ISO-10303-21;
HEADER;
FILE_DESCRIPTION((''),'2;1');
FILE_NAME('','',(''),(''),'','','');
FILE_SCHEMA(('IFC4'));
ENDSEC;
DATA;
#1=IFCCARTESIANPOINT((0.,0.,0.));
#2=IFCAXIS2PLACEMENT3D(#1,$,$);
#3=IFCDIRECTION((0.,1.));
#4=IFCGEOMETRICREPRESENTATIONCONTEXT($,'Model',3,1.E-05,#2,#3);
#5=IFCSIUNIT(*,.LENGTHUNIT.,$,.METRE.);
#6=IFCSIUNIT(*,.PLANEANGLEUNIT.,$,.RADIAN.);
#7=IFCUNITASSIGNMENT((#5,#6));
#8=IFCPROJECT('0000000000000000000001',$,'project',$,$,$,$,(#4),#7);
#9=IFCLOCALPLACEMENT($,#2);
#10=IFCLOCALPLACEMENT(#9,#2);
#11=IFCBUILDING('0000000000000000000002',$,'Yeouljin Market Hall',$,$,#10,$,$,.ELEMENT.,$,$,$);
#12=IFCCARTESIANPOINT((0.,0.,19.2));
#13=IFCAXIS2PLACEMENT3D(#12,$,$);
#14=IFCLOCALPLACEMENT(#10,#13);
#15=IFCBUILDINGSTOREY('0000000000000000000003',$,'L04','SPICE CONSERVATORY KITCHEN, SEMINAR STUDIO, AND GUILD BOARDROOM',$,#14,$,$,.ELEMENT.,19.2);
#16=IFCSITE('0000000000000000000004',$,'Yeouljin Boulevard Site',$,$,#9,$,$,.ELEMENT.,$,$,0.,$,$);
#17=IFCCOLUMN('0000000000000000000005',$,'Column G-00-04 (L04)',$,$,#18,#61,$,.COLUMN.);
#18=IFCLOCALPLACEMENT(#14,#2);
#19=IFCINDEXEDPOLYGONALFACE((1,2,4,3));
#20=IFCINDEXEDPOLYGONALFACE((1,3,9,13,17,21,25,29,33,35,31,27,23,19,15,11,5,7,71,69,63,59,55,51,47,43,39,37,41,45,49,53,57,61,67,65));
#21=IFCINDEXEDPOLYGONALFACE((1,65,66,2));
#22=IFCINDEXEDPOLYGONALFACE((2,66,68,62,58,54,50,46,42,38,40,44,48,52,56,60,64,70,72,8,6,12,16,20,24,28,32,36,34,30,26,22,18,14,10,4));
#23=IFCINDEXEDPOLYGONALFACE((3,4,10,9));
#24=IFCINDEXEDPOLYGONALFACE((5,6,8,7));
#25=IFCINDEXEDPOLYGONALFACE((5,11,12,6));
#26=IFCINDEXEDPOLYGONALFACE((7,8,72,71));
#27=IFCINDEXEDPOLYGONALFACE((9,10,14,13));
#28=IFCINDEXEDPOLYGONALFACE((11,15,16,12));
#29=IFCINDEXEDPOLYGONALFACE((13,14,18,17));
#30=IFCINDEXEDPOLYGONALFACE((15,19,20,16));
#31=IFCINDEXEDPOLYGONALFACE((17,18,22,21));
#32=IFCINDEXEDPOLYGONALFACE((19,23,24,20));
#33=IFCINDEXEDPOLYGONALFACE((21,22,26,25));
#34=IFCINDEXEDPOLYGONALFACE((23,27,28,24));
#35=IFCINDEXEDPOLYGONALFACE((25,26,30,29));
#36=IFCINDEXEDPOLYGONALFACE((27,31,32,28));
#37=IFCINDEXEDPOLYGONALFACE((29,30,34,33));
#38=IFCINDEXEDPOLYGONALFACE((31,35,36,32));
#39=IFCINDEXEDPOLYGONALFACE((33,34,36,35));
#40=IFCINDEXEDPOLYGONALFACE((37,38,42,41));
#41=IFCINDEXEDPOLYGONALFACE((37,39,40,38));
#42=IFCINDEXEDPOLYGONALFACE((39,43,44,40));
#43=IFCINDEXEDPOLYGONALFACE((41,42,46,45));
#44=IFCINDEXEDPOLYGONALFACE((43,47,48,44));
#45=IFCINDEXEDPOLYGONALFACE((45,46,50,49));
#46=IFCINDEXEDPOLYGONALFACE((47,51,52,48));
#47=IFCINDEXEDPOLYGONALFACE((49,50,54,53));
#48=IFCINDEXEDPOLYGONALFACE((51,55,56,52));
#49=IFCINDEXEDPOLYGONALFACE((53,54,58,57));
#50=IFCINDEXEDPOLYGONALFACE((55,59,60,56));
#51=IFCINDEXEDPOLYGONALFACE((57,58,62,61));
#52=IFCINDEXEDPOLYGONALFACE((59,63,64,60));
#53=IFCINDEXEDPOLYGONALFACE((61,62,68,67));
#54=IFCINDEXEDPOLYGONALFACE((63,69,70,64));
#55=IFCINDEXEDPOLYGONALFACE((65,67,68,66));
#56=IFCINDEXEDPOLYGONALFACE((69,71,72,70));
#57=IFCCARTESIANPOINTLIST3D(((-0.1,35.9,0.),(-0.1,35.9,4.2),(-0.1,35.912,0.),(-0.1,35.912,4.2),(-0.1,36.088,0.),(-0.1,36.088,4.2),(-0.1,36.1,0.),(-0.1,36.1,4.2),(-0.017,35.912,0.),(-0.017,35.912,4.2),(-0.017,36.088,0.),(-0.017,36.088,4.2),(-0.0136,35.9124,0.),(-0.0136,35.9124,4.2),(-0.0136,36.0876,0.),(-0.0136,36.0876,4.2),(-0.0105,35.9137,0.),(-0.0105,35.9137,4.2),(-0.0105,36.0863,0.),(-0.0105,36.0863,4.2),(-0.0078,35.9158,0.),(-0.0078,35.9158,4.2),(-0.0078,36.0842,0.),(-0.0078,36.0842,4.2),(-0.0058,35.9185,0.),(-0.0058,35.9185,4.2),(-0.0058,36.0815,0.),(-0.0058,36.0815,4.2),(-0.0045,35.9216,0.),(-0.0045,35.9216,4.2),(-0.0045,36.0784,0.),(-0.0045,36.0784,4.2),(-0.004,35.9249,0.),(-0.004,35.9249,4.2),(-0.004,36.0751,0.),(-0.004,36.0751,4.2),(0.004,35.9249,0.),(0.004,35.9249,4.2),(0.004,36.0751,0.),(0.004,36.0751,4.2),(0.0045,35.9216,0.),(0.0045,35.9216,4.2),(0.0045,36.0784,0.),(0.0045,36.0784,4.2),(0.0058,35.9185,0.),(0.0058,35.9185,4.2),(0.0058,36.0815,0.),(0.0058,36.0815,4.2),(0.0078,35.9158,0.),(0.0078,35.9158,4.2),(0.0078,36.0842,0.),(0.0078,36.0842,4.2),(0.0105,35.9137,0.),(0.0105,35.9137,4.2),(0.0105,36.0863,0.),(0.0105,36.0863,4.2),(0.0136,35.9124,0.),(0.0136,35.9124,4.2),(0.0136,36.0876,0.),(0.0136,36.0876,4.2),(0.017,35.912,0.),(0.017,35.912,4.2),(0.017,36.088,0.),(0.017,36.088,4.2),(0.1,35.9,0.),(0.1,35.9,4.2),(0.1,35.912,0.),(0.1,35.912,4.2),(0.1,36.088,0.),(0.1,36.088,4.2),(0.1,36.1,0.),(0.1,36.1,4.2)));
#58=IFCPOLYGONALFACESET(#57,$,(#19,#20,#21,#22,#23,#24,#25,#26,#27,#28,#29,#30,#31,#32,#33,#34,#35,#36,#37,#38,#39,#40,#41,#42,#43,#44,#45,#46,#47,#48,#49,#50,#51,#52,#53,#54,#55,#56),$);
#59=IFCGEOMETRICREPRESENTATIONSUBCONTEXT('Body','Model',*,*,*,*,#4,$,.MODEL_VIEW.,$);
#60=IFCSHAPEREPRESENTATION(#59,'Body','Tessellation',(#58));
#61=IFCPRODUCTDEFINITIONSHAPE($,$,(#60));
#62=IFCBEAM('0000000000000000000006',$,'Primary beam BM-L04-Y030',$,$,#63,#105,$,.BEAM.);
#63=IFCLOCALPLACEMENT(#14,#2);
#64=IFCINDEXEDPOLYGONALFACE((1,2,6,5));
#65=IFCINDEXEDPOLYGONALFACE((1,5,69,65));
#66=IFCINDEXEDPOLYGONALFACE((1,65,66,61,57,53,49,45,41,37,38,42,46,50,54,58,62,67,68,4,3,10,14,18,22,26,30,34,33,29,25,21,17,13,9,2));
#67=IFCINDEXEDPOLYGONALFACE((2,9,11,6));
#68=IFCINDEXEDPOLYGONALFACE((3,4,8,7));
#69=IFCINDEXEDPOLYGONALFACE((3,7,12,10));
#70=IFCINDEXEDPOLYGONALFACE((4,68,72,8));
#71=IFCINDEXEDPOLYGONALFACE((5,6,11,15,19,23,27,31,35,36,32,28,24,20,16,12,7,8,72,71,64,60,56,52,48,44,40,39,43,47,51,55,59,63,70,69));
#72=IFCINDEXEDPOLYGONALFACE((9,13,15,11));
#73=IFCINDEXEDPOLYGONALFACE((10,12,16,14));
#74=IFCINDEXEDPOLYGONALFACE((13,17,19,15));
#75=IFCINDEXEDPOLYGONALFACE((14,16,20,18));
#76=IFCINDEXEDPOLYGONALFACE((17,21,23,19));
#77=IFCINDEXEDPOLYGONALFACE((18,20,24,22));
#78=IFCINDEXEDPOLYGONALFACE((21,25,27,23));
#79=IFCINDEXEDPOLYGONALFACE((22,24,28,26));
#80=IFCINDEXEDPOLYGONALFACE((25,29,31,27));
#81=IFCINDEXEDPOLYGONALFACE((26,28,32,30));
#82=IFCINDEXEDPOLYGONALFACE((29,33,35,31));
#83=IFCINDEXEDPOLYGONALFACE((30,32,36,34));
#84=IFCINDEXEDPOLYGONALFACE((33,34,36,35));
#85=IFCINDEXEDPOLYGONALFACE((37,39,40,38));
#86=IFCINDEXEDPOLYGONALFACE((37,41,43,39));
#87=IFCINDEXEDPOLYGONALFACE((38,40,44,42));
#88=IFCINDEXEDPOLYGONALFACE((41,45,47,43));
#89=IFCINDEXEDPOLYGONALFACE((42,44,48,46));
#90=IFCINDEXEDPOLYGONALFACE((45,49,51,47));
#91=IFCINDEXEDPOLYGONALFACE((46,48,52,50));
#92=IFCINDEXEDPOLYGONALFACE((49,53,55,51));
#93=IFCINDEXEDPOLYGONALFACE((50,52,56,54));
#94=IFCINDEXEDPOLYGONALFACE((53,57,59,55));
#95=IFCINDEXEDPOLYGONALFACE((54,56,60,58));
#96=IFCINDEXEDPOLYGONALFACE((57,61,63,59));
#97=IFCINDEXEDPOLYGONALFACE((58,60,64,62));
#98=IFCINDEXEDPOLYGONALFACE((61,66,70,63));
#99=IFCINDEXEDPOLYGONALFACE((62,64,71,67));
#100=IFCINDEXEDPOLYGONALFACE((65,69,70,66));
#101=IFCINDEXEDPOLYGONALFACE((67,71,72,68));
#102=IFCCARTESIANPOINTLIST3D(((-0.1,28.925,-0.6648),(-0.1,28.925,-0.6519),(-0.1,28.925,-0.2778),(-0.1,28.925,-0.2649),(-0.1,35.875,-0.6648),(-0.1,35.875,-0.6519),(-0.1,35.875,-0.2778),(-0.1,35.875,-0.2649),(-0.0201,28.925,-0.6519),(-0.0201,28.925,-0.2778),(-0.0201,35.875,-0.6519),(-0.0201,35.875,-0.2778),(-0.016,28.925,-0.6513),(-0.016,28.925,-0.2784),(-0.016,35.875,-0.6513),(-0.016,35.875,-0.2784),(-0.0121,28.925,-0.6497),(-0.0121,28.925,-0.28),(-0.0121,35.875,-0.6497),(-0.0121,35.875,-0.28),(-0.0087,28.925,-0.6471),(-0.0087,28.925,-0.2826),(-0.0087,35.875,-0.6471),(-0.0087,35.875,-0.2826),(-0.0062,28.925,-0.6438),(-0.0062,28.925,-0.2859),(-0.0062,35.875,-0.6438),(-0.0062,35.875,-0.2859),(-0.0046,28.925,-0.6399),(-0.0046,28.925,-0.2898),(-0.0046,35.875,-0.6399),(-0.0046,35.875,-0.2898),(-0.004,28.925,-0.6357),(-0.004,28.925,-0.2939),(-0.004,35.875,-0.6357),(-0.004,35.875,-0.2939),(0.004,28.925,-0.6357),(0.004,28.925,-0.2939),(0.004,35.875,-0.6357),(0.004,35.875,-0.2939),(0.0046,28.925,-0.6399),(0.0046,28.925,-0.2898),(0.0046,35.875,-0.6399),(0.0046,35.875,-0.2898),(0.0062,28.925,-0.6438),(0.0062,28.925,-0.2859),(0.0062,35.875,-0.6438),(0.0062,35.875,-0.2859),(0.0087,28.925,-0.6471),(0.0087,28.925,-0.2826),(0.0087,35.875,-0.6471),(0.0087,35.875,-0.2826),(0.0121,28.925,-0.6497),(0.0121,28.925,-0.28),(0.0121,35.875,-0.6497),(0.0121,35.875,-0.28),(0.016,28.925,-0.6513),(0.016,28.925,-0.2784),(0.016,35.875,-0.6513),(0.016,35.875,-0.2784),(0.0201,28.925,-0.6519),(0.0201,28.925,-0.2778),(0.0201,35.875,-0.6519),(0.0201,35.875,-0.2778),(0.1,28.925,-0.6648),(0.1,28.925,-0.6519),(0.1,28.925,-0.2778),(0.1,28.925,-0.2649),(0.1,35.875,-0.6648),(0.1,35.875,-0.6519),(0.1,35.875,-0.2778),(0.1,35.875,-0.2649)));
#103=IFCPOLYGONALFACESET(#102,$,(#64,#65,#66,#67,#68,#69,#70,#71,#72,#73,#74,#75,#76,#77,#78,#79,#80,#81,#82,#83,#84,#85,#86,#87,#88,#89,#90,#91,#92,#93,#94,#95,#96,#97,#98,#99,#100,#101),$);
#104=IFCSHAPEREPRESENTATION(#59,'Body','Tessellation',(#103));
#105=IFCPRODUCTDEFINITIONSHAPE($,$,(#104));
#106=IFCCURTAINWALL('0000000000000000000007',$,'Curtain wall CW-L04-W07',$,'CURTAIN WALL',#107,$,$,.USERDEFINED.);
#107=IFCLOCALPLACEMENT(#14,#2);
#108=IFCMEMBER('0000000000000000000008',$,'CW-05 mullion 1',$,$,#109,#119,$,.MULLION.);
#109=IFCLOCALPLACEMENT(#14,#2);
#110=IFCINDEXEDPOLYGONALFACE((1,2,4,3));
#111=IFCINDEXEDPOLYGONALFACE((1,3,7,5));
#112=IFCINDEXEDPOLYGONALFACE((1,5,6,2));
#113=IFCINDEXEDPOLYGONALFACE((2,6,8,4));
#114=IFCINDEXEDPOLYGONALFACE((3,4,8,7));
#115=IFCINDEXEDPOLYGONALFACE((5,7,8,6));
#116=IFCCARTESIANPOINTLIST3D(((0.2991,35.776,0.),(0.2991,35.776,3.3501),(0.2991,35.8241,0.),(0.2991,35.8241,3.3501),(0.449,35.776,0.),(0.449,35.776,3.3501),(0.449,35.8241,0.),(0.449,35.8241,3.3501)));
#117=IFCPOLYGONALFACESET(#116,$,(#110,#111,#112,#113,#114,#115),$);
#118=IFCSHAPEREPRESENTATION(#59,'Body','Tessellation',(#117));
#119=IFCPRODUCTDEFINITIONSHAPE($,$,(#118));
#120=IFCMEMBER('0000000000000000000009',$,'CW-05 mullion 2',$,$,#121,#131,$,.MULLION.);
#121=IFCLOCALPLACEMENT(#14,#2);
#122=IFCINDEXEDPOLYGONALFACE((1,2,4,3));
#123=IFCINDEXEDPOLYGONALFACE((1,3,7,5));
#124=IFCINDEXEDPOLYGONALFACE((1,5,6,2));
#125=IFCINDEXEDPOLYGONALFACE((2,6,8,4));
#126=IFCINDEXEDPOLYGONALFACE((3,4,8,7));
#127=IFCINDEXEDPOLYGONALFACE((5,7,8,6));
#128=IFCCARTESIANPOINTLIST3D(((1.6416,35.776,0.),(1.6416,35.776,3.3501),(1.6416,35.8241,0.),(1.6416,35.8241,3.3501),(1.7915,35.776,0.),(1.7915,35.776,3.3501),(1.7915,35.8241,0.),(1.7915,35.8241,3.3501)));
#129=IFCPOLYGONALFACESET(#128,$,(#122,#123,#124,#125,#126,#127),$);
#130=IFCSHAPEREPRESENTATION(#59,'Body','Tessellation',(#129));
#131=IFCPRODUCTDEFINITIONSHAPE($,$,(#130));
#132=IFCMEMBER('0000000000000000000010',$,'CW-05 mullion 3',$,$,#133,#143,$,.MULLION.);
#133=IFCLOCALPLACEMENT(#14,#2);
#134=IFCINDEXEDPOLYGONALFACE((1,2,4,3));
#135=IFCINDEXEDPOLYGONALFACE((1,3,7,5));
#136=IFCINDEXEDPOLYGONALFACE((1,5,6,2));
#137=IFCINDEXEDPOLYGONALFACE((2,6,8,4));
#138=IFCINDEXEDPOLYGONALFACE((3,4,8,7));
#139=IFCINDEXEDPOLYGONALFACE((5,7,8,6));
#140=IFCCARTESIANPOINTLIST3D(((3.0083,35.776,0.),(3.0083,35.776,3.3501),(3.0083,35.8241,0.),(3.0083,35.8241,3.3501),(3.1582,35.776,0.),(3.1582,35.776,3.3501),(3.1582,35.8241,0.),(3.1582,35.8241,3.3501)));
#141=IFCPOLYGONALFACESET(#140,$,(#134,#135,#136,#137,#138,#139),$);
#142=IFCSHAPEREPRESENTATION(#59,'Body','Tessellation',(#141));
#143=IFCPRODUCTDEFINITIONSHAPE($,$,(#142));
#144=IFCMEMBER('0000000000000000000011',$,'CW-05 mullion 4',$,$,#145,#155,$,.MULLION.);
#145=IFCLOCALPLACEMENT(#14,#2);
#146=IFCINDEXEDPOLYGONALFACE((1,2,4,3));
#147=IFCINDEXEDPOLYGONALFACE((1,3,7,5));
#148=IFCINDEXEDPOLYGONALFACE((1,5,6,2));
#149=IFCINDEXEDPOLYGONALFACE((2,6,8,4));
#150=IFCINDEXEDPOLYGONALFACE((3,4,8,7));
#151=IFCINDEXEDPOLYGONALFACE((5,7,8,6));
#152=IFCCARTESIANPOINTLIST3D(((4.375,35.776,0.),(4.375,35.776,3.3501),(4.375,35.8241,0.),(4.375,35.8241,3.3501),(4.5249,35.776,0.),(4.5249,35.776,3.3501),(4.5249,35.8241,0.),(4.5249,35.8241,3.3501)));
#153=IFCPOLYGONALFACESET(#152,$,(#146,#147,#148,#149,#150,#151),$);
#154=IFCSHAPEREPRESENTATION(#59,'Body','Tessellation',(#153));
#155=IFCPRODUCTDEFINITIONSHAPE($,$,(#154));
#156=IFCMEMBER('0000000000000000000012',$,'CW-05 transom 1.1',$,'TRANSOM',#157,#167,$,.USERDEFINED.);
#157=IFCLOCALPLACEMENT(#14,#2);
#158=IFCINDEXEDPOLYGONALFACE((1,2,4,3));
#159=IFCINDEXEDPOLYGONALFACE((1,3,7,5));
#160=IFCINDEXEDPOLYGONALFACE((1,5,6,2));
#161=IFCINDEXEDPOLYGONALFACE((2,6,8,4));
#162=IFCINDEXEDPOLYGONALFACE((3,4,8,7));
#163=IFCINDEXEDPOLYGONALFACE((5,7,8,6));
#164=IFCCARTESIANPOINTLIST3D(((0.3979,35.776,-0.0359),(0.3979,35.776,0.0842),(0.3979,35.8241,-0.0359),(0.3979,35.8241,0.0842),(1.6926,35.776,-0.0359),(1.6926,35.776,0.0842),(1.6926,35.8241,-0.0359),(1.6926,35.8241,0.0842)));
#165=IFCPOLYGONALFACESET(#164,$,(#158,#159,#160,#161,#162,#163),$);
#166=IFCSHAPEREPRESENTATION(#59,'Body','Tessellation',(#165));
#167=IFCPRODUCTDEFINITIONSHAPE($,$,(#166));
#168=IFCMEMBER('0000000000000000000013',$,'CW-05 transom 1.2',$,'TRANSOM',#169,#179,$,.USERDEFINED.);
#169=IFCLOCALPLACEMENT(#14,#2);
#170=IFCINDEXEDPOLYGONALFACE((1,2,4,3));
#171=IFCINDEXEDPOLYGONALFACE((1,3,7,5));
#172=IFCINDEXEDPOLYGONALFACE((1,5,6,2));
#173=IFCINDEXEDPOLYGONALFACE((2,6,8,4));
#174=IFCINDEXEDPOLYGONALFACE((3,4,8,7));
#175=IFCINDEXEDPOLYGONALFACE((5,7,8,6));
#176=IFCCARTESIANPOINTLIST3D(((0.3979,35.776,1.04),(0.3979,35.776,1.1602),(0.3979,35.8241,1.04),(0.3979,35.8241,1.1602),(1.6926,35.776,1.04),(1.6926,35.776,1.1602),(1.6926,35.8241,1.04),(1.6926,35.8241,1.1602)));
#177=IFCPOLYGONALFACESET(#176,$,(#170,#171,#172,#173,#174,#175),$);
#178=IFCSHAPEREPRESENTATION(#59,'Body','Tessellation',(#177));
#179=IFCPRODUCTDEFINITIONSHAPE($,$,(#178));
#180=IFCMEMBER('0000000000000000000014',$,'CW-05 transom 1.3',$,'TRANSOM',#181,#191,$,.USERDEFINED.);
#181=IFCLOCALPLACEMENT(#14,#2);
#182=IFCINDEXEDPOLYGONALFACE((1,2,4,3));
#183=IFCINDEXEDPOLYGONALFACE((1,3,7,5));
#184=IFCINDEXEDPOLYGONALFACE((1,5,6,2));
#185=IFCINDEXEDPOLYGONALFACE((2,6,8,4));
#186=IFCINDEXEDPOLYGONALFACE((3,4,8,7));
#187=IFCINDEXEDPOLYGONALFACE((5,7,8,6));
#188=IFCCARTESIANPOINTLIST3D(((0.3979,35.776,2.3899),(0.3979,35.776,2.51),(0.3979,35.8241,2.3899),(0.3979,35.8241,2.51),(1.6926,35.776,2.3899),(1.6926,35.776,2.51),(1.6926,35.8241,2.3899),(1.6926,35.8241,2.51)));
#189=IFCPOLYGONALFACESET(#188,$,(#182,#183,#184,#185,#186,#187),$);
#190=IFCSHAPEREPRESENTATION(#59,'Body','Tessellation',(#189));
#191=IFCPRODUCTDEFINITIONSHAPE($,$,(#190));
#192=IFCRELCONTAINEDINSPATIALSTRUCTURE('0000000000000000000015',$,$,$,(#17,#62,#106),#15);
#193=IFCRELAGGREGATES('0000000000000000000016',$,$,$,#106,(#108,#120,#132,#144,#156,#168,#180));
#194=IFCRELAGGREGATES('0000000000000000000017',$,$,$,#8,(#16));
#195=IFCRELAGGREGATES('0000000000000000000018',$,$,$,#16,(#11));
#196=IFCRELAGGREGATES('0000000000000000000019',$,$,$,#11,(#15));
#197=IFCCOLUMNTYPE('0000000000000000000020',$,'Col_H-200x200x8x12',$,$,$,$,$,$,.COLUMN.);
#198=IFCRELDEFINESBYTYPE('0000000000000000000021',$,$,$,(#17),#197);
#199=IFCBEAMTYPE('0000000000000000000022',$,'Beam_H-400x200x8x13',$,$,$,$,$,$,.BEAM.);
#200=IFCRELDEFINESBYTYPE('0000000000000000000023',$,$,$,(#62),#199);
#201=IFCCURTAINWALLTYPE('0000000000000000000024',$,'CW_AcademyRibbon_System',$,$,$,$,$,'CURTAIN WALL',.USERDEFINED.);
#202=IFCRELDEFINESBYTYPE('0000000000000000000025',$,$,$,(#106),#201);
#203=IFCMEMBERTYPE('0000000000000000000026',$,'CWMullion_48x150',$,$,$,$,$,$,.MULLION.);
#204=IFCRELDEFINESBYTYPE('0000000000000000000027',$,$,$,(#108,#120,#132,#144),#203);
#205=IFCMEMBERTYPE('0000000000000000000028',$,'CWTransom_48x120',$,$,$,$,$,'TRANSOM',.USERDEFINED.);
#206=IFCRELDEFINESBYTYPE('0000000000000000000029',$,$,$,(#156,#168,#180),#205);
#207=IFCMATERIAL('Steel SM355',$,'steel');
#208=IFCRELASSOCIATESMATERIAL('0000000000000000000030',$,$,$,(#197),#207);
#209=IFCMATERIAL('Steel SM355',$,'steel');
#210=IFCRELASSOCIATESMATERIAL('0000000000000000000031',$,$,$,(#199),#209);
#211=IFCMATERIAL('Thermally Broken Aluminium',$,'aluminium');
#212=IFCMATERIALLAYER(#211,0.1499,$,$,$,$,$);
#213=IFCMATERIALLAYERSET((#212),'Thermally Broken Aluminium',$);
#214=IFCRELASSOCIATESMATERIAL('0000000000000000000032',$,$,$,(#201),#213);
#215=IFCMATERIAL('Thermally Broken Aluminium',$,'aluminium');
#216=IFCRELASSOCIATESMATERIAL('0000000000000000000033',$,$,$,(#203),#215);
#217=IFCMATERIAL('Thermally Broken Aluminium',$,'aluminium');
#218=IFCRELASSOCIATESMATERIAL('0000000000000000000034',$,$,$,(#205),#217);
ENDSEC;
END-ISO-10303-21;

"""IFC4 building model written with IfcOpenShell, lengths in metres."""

from ifc_helpers import new_model, si_unit, direction, frame, origin, origin_2d, place, context, subcontext, project, spatial, rectangle, i_section, extrude, material, layer, layer_set, material_profile, profile_set, type_object, element, aggregate, save


model = new_model("IFC4")

# Units and contexts
model_context = context("Model", 3, precision=1e-05, world=origin(), true_north=direction((0.0, 1.0)))
body_context = subcontext(model_context, "Body", "Model", "MODEL_VIEW")
ifc_project = project(units=[si_unit("LENGTHUNIT", "METRE"), si_unit("PLANEANGLEUNIT", "RADIAN")], contexts=[model_context])

# Site, building, storey
site_placement = place(None, origin())
site = spatial("IfcSite", under=ifc_project, at=site_placement, Name="Yeouljin Boulevard Site", CompositionType="ELEMENT", RefElevation=0.0)
building_placement = place(site_placement, origin())
building = spatial("IfcBuilding", under=site, at=building_placement, Name="Yeouljin Market Hall", CompositionType="ELEMENT")
storey_placement = place(building_placement, frame((0.0, 0.0, 19.2)))
storey = spatial("IfcBuildingStorey", under=building, at=storey_placement, Name="L04", Description="SPICE CONSERVATORY KITCHEN, SEMINAR STUDIO, AND GUILD BOARDROOM", CompositionType="ELEMENT", Elevation=19.2)

# Column
ifc_material_1 = material(Name="Steel SM355", Category="steel")
ifc_material_profile_1 = material_profile(ifc_material_1, i_section(OverallWidth=0.2, OverallDepth=0.2, WebThickness=0.0081, FlangeThickness=0.012, FilletRadius=0.0129, at=origin_2d()), Name="H-200x200x8x12")
ifc_profile_set_1 = profile_set([ifc_material_profile_1], Name="Steel SM355")
column_type = type_object("IfcColumnType", Name="Col_H-200x200x8x12", PredefinedType="COLUMN", material=ifc_profile_set_1)
column_placement = place(storey_placement, frame((0.0, 36.0, 0.0), z_axis=(0.0, 0.0, 1.0), x_axis=(1.0, 0.0, 0.0)))
element("IfcColumn", 1, at=column_placement, inside=storey, type_object=column_type, Name="Column G-00-04 (L04)", PredefinedType="COLUMN", context=body_context, shape_type="SweptSolid", body=[
    extrude(i_section(OverallWidth=0.2, OverallDepth=0.2, WebThickness=0.0081, FlangeThickness=0.012, FilletRadius=0.0129, at=origin_2d()), origin(), (0.0, 0.0, 1.0), 4.2),
])

# Beam
ifc_material_2 = material(Name="Steel SM355", Category="steel")
ifc_material_profile_2 = material_profile(ifc_material_2, i_section(OverallWidth=0.2, OverallDepth=0.3999, WebThickness=0.0081, FlangeThickness=0.0129, FilletRadius=0.0161, at=origin_2d()), Name="H-400x200x8x13")
ifc_profile_set_2 = profile_set([ifc_material_profile_2], Name="Steel SM355")
beam_type_1 = type_object("IfcBeamType", Name="Beam_H-400x200x8x13", PredefinedType="BEAM", material=ifc_profile_set_2)
beam_1_placement = place(storey_placement, frame((0.0, 28.925, -0.4648), z_axis=(0.0, 1.0, 0.0), x_axis=(-1.0, 0.0, 0.0)))
element("IfcBeam", 2, at=beam_1_placement, inside=storey, type_object=beam_type_1, Name="Primary beam BM-L04-Y030", PredefinedType="BEAM", context=body_context, shape_type="SweptSolid", body=[
    extrude(i_section(OverallWidth=0.2, OverallDepth=0.3999, WebThickness=0.0081, FlangeThickness=0.0129, FilletRadius=0.0161, at=origin_2d()), origin(), (0.0, 0.0, 1.0), 6.95),
])

# Curtain wall, members
ifc_material_3 = material(Name="Thermally Broken Aluminium", Category="aluminium")
ifc_layer_1 = layer(ifc_material_3, 0.1499)
ifc_layer_set_1 = layer_set([ifc_layer_1], Name="Thermally Broken Aluminium")
curtain_wall_type = type_object("IfcCurtainWallType", Name="CW_AcademyRibbon_System", ElementType="CURTAIN WALL", PredefinedType="USERDEFINED", material=ifc_layer_set_1)
curtain_wall_placement = place(storey_placement, origin())
curtain_wall = element("IfcCurtainWall", 3, at=curtain_wall_placement, inside=storey, type_object=curtain_wall_type, Name="Curtain wall CW-L04-W07", ObjectType="CURTAIN WALL", PredefinedType="USERDEFINED")
ifc_material_4 = material(Name="Thermally Broken Aluminium", Category="aluminium")
ifc_material_profile_3 = material_profile(ifc_material_4, rectangle(XDim=0.0481, YDim=0.1499, at=origin_2d()), Name="CW-MULL-48x150")
ifc_profile_set_3 = profile_set([ifc_material_profile_3], Name="Thermally Broken Aluminium")
member_type_1 = type_object("IfcMemberType", Name="CWMullion_48x150", PredefinedType="MULLION", material=ifc_profile_set_3)
member_1_placement = place(storey_placement, frame((0.374, 35.8, 0.0), z_axis=(0.0, 0.0, 1.0), x_axis=(0.0, 1.0, 0.0)))
member_1 = element("IfcMember", 4, at=member_1_placement, type_object=member_type_1, Name="CW-05 mullion 1", PredefinedType="MULLION", context=body_context, shape_type="SweptSolid", body=[
    extrude(rectangle(XDim=0.0481, YDim=0.1499, at=origin_2d()), origin(), (0.0, 0.0, 1.0), 3.3501),
])
member_2_placement = place(storey_placement, frame((1.7166, 35.8, 0.0), z_axis=(0.0, 0.0, 1.0), x_axis=(0.0, 1.0, 0.0)))
member_2 = element("IfcMember", 5, at=member_2_placement, type_object=member_type_1, Name="CW-05 mullion 2", PredefinedType="MULLION", context=body_context, shape_type="SweptSolid", body=[
    extrude(rectangle(XDim=0.0481, YDim=0.1499, at=origin_2d()), origin(), (0.0, 0.0, 1.0), 3.3501),
])
member_3_placement = place(storey_placement, frame((3.0833, 35.8, 0.0), z_axis=(0.0, 0.0, 1.0), x_axis=(0.0, 1.0, 0.0)))
member_3 = element("IfcMember", 6, at=member_3_placement, type_object=member_type_1, Name="CW-05 mullion 3", PredefinedType="MULLION", context=body_context, shape_type="SweptSolid", body=[
    extrude(rectangle(XDim=0.0481, YDim=0.1499, at=origin_2d()), origin(), (0.0, 0.0, 1.0), 3.3501),
])
member_4_placement = place(storey_placement, frame((4.45, 35.8, 0.0), z_axis=(0.0, 0.0, 1.0), x_axis=(0.0, 1.0, 0.0)))
member_4 = element("IfcMember", 7, at=member_4_placement, type_object=member_type_1, Name="CW-05 mullion 4", PredefinedType="MULLION", context=body_context, shape_type="SweptSolid", body=[
    extrude(rectangle(XDim=0.0481, YDim=0.1499, at=origin_2d()), origin(), (0.0, 0.0, 1.0), 3.3501),
])
ifc_material_5 = material(Name="Thermally Broken Aluminium", Category="aluminium")
ifc_material_profile_4 = material_profile(ifc_material_5, rectangle(XDim=0.0481, YDim=0.1201, at=origin_2d()), Name="CW-TRAN-48x120")
ifc_profile_set_4 = profile_set([ifc_material_profile_4], Name="Thermally Broken Aluminium")
member_type_2 = type_object("IfcMemberType", Name="CWTransom_48x120", ElementType="TRANSOM", PredefinedType="USERDEFINED", material=ifc_profile_set_4)
member_5_placement = place(storey_placement, frame((0.3979, 35.8, 0.0242), z_axis=(1.0, 0.0, 0.0), x_axis=(0.0, 1.0, 0.0)))
member_5 = element("IfcMember", 8, at=member_5_placement, type_object=member_type_2, Name="CW-05 transom 1.1", ObjectType="TRANSOM", PredefinedType="USERDEFINED", context=body_context, shape_type="SweptSolid", body=[
    extrude(rectangle(XDim=0.0481, YDim=0.1201, at=origin_2d()), origin(), (0.0, 0.0, 1.0), 1.2947),
])
member_6_placement = place(storey_placement, frame((0.3979, 35.8, 1.1001), z_axis=(1.0, 0.0, 0.0), x_axis=(0.0, 1.0, 0.0)))
member_6 = element("IfcMember", 9, at=member_6_placement, type_object=member_type_2, Name="CW-05 transom 1.2", ObjectType="TRANSOM", PredefinedType="USERDEFINED", context=body_context, shape_type="SweptSolid", body=[
    extrude(rectangle(XDim=0.0481, YDim=0.1201, at=origin_2d()), origin(), (0.0, 0.0, 1.0), 1.2947),
])
member_7_placement = place(storey_placement, frame((0.3979, 35.8, 2.45), z_axis=(1.0, 0.0, 0.0), x_axis=(0.0, 1.0, 0.0)))
member_7 = element("IfcMember", 10, at=member_7_placement, type_object=member_type_2, Name="CW-05 transom 1.3", ObjectType="TRANSOM", PredefinedType="USERDEFINED", context=body_context, shape_type="SweptSolid", body=[
    extrude(rectangle(XDim=0.0481, YDim=0.1201, at=origin_2d()), origin(), (0.0, 0.0, 1.0), 1.2947),
])

aggregate(curtain_wall, [member_1, member_2, member_3, member_4, member_5, member_6, member_7])

save(model, "model.ifc")
